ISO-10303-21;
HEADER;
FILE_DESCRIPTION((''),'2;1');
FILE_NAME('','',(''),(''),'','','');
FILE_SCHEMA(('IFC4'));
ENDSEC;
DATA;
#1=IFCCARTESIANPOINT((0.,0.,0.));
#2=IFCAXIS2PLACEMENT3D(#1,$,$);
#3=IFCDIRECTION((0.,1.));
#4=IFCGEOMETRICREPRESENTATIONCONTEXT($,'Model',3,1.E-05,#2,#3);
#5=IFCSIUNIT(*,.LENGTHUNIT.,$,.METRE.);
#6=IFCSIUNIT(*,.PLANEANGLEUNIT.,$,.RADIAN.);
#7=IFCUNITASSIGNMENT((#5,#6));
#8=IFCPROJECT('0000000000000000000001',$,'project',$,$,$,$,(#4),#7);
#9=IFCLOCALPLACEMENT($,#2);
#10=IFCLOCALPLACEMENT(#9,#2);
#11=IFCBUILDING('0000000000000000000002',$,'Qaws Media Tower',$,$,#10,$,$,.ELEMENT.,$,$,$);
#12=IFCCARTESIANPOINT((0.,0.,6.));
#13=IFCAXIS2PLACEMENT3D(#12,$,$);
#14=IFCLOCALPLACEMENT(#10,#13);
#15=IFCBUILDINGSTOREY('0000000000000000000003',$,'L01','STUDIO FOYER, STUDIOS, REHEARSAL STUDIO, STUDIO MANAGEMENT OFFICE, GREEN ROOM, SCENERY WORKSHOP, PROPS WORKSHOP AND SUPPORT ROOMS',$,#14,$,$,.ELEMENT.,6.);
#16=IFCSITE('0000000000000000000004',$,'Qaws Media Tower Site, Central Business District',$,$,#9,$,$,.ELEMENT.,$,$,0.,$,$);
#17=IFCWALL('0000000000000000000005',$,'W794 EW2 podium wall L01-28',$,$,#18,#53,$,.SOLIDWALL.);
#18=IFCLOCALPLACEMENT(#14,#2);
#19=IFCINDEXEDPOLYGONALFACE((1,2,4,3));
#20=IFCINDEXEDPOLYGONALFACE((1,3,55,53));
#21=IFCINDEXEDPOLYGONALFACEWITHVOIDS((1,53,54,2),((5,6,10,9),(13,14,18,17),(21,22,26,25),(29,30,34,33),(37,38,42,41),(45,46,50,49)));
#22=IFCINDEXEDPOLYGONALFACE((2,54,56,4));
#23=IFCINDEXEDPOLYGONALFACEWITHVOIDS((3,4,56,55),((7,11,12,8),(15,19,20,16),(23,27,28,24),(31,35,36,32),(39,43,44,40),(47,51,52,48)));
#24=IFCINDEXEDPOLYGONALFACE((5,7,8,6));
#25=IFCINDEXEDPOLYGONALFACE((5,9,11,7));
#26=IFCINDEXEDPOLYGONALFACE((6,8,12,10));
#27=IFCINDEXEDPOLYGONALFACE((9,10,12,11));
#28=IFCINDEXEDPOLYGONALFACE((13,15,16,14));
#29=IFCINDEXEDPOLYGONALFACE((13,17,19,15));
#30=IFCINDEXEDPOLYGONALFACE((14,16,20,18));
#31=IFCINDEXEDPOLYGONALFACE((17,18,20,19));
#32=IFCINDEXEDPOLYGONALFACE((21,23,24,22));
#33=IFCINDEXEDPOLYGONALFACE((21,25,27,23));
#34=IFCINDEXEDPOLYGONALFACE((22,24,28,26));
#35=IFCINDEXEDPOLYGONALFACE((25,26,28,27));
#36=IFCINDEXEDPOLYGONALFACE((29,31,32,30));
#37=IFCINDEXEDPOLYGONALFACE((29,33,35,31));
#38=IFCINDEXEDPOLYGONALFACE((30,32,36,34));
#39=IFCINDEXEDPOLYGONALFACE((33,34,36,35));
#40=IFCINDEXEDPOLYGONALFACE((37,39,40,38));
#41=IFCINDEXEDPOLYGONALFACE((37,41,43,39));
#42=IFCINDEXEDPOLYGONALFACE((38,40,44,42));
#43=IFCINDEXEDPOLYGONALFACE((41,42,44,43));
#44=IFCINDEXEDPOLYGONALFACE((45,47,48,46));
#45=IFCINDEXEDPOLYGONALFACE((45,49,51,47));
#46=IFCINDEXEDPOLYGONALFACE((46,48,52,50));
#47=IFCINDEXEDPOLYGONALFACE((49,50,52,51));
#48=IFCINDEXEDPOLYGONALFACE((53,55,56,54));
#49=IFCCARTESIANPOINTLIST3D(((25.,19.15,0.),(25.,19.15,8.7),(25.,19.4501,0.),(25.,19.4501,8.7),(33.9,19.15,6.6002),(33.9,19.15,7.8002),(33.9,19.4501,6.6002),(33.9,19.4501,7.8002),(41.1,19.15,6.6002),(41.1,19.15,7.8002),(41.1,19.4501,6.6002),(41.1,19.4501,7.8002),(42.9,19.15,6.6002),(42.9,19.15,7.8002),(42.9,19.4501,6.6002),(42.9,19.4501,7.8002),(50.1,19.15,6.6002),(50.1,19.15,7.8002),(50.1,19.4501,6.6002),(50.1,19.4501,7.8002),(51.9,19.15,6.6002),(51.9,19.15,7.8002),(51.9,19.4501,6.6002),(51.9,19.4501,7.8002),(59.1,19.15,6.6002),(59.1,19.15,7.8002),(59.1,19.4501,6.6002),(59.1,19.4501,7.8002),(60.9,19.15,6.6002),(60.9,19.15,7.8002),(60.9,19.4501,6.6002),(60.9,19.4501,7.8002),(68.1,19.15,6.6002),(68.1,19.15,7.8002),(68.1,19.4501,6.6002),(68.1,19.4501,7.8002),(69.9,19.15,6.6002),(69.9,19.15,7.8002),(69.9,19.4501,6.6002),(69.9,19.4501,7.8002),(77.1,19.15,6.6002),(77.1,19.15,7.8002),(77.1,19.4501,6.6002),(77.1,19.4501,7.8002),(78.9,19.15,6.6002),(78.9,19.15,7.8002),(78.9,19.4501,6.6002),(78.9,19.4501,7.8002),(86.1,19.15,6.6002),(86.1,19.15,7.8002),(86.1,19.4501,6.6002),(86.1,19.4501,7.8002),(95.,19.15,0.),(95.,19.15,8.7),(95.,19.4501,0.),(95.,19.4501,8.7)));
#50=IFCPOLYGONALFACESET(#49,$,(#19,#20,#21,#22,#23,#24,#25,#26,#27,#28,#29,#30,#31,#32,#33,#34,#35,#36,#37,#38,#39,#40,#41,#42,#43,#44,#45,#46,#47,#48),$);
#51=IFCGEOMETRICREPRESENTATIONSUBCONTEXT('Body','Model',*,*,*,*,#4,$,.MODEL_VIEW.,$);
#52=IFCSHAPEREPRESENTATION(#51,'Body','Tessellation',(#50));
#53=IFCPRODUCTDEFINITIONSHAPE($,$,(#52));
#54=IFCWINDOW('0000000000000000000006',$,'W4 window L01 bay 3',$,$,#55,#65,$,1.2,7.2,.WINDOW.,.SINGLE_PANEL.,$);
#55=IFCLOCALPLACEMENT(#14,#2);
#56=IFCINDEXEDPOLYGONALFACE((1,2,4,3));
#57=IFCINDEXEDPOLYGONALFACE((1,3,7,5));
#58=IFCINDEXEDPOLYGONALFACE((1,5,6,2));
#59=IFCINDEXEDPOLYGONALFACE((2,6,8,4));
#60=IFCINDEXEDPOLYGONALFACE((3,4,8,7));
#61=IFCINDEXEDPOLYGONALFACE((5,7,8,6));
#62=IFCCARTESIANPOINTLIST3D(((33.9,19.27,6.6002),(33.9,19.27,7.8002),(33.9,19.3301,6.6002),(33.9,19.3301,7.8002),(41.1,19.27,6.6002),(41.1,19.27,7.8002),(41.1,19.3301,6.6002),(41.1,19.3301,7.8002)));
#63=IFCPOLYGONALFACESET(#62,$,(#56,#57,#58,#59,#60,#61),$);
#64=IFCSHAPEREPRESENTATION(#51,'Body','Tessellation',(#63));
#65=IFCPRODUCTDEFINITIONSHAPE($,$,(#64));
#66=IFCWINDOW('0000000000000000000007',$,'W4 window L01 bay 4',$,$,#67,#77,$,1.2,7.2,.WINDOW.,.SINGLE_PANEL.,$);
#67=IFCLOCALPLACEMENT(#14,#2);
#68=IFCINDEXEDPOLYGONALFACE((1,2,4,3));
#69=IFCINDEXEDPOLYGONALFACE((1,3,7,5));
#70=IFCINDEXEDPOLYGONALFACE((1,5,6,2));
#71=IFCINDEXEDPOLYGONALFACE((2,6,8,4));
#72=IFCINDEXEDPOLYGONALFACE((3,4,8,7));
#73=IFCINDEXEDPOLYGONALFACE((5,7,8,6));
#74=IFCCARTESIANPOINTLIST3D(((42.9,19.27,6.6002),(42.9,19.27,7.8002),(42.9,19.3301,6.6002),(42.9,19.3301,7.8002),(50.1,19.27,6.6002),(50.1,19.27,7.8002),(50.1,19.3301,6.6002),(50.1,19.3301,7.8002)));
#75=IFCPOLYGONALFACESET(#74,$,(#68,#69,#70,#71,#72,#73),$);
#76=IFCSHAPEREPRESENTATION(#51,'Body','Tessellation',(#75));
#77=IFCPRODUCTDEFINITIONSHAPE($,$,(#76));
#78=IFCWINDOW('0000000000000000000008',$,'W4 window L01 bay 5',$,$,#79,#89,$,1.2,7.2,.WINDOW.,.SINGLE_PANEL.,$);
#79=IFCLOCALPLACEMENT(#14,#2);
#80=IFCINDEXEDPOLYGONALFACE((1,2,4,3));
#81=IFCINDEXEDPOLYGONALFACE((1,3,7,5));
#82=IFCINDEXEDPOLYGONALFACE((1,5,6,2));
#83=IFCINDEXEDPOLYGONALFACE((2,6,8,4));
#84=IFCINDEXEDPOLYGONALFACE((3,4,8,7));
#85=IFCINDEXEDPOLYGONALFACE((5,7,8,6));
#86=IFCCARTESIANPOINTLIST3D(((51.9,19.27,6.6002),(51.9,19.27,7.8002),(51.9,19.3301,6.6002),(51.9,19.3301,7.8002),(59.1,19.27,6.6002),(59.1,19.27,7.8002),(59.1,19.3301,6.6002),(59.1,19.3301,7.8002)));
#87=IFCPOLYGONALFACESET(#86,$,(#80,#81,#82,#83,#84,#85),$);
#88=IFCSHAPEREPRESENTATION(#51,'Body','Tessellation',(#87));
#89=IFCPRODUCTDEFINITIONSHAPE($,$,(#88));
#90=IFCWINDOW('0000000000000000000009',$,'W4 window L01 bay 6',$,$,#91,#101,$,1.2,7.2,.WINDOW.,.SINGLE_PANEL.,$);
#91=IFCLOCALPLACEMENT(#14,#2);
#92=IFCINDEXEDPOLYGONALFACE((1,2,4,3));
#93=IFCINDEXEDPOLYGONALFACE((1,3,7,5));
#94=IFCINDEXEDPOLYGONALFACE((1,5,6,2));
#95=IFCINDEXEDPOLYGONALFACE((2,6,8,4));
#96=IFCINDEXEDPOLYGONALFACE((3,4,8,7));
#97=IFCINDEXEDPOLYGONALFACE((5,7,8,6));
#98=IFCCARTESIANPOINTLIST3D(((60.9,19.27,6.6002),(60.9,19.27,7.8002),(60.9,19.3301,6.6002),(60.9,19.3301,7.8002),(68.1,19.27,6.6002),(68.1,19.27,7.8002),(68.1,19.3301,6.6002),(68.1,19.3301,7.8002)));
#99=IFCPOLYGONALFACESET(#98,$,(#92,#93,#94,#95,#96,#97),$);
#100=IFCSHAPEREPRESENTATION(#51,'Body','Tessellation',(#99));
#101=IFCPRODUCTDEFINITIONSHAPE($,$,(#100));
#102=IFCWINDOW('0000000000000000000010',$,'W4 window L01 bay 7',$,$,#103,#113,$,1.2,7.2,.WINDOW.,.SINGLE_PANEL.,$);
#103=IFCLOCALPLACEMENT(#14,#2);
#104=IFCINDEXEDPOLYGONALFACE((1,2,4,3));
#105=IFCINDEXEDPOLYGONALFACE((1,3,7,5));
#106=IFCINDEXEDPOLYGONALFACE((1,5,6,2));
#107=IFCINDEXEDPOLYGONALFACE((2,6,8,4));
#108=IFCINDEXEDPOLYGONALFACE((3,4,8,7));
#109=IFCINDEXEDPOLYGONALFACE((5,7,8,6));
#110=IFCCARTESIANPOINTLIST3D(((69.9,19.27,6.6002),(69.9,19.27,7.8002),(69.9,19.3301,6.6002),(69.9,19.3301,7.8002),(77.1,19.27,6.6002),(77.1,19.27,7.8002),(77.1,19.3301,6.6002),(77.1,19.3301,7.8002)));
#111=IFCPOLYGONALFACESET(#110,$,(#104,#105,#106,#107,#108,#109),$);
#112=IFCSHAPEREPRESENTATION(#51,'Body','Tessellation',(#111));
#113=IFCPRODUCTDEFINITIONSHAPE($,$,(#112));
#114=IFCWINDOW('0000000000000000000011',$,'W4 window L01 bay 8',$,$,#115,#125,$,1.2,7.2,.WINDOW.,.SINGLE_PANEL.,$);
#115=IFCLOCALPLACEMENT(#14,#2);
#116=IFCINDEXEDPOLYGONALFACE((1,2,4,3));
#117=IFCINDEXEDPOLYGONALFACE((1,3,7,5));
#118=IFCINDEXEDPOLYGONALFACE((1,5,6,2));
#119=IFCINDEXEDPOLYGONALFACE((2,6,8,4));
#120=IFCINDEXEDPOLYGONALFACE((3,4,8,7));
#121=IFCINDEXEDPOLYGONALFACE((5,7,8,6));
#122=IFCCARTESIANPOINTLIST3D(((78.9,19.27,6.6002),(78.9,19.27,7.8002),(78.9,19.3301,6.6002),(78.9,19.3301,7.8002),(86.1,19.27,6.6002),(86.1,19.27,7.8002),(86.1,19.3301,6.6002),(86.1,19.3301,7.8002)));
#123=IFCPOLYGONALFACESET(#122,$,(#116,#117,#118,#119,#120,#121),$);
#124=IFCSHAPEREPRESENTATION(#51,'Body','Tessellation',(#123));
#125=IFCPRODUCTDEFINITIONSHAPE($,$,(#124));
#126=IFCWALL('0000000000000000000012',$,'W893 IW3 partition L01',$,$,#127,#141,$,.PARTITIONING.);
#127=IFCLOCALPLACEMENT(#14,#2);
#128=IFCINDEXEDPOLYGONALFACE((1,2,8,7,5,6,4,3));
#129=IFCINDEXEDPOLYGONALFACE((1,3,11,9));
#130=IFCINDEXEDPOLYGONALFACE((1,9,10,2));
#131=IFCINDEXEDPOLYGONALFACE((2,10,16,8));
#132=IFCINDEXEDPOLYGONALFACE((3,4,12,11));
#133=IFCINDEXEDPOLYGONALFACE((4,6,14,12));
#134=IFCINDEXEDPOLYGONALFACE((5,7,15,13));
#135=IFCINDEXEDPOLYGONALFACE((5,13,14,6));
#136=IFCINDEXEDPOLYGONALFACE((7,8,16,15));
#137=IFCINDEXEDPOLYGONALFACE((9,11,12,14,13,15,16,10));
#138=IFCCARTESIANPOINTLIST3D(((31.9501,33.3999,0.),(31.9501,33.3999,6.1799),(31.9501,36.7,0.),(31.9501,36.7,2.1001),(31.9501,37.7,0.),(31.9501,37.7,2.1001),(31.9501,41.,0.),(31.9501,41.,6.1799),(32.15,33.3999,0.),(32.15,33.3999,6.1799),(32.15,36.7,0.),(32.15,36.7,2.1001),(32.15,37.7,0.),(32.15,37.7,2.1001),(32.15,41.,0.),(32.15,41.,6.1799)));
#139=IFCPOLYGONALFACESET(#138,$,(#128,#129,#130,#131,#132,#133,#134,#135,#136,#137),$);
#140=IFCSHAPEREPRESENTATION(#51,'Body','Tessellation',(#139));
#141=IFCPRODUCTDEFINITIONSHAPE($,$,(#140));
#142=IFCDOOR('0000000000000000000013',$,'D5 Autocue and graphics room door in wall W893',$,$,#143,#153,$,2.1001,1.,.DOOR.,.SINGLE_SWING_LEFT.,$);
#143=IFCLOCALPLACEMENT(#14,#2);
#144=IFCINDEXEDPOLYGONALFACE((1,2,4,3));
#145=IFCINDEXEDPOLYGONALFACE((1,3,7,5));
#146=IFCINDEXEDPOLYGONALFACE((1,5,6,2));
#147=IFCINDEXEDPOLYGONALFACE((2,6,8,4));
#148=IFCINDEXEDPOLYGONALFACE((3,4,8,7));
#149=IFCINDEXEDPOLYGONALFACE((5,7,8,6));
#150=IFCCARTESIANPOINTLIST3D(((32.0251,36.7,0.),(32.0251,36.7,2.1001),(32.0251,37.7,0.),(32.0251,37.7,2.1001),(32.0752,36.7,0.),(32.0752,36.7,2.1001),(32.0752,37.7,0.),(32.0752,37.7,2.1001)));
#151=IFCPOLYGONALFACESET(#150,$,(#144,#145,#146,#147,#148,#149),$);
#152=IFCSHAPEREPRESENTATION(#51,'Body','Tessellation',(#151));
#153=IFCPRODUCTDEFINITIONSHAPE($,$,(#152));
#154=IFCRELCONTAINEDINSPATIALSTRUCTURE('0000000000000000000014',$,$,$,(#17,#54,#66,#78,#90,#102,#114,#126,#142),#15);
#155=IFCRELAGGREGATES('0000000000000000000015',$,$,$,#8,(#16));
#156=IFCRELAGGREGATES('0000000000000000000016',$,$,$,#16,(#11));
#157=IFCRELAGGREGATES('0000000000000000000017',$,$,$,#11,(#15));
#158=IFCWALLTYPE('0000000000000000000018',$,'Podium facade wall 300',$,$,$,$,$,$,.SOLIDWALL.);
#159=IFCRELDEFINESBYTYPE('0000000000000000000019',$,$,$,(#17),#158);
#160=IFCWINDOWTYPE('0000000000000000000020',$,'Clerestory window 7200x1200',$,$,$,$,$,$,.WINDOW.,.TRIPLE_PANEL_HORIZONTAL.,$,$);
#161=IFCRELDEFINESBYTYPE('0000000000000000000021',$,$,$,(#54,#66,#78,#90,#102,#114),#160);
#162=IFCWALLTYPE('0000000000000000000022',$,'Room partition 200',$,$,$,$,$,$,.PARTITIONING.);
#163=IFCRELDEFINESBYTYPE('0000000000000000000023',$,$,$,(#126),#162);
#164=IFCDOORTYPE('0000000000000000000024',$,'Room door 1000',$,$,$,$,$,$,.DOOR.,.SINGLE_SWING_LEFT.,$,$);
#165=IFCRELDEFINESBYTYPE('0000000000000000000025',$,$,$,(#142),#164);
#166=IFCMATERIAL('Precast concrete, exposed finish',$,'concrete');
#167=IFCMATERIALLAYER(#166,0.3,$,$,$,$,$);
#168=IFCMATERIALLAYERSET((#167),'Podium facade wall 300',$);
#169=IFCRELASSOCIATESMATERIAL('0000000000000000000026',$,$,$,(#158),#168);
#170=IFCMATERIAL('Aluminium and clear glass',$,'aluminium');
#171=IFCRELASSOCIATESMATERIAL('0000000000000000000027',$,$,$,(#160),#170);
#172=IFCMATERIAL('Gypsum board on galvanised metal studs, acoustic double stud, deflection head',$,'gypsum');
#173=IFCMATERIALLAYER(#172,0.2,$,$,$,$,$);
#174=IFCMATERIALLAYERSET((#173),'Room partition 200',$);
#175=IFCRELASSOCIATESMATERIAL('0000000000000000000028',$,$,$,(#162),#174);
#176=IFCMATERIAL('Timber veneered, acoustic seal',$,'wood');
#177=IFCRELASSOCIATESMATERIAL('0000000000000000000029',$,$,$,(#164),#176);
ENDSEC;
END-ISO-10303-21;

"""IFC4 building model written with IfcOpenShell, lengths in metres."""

from ifc_helpers import new_model, si_unit, direction, frame, frame_2d, origin, place, context, subcontext, project, spatial, rectangle, extrude, material, layer, layer_set, type_object, element, fill, save


model = new_model("IFC4")

# Units and contexts
model_context = context("Model", 3, precision=1e-05, world=origin(), true_north=direction((0.0, 1.0)))
body_context = subcontext(model_context, "Body", "Model", "MODEL_VIEW")
ifc_project = project(units=[si_unit("LENGTHUNIT", "METRE"), si_unit("PLANEANGLEUNIT", "RADIAN")], contexts=[model_context])

# Site, building, storey
site_placement = place(None, origin())
site = spatial("IfcSite", under=ifc_project, at=site_placement, Name="Qaws Media Tower Site, Central Business District", CompositionType="ELEMENT", RefElevation=0.0)
building_placement = place(site_placement, origin())
building = spatial("IfcBuilding", under=site, at=building_placement, Name="Qaws Media Tower", CompositionType="ELEMENT")
storey_placement = place(building_placement, frame((0.0, 0.0, 6.0)))
storey = spatial("IfcBuildingStorey", under=building, at=storey_placement, Name="L01", Description="STUDIO FOYER, STUDIOS, REHEARSAL STUDIO, STUDIO MANAGEMENT OFFICE, GREEN ROOM, SCENERY WORKSHOP, PROPS WORKSHOP AND SUPPORT ROOMS", CompositionType="ELEMENT", Elevation=6.0)

# Wall, openings, windows
ifc_material_1 = material(Name="Precast concrete, exposed finish", Category="concrete")
ifc_layer_1 = layer(ifc_material_1, 0.3)
ifc_layer_set_1 = layer_set([ifc_layer_1], Name="Podium facade wall 300")
wall_type_1 = type_object("IfcWallType", Name="Podium facade wall 300", PredefinedType="SOLIDWALL", material=ifc_layer_set_1)
wall_1_placement = place(storey_placement, frame((25.0, 19.3, 0.0), z_axis=(0.0, 0.0, 1.0), x_axis=(1.0, 0.0, 0.0)))
wall_1 = element("IfcWall", 1, at=wall_1_placement, inside=storey, type_object=wall_type_1, Name="W794 EW2 podium wall L01-28", PredefinedType="SOLIDWALL", context=body_context, shape_type="SweptSolid", body=[
    extrude(rectangle(XDim=70.0, YDim=0.3, at=frame_2d((35.0, 0.0))), origin(), (0.0, 0.0, 1.0), 8.7),
])
opening_1_placement = place(wall_1_placement, frame((8.8999, 0.0, 6.6001)))
opening_1 = element("IfcOpeningElement", 2, at=opening_1_placement, cuts=wall_1, PredefinedType="OPENING", context=body_context, shape_type="SweptSolid", body=[
    extrude(rectangle(XDim=7.2, YDim=1.2, at=frame_2d((3.6001, 0.6001))), frame((0.0, 0.1599, 0.0), z_axis=(0.0, -1.0, 0.0), x_axis=(1.0, 0.0, 0.0)), (0.0, 0.0, 1.0), 0.3201),
])
opening_2_placement = place(wall_1_placement, frame((17.8999, 0.0, 6.6001)))
opening_2 = element("IfcOpeningElement", 3, at=opening_2_placement, cuts=wall_1, PredefinedType="OPENING", context=body_context, shape_type="SweptSolid", body=[
    extrude(rectangle(XDim=7.2, YDim=1.2, at=frame_2d((3.6001, 0.6001))), frame((0.0, 0.1599, 0.0), z_axis=(0.0, -1.0, 0.0), x_axis=(1.0, 0.0, 0.0)), (0.0, 0.0, 1.0), 0.3201),
])
opening_3_placement = place(wall_1_placement, frame((26.8999, 0.0, 6.6001)))
opening_3 = element("IfcOpeningElement", 4, at=opening_3_placement, cuts=wall_1, PredefinedType="OPENING", context=body_context, shape_type="SweptSolid", body=[
    extrude(rectangle(XDim=7.2, YDim=1.2, at=frame_2d((3.6001, 0.6001))), frame((0.0, 0.1599, 0.0), z_axis=(0.0, -1.0, 0.0), x_axis=(1.0, 0.0, 0.0)), (0.0, 0.0, 1.0), 0.3201),
])
opening_4_placement = place(wall_1_placement, frame((35.8999, 0.0, 6.6001)))
opening_4 = element("IfcOpeningElement", 5, at=opening_4_placement, cuts=wall_1, PredefinedType="OPENING", context=body_context, shape_type="SweptSolid", body=[
    extrude(rectangle(XDim=7.2, YDim=1.2, at=frame_2d((3.6001, 0.6001))), frame((0.0, 0.1599, 0.0), z_axis=(0.0, -1.0, 0.0), x_axis=(1.0, 0.0, 0.0)), (0.0, 0.0, 1.0), 0.3201),
])
opening_5_placement = place(wall_1_placement, frame((44.8999, 0.0, 6.6001)))
opening_5 = element("IfcOpeningElement", 6, at=opening_5_placement, cuts=wall_1, PredefinedType="OPENING", context=body_context, shape_type="SweptSolid", body=[
    extrude(rectangle(XDim=7.2, YDim=1.2, at=frame_2d((3.6001, 0.6001))), frame((0.0, 0.1599, 0.0), z_axis=(0.0, -1.0, 0.0), x_axis=(1.0, 0.0, 0.0)), (0.0, 0.0, 1.0), 0.3201),
])
opening_6_placement = place(wall_1_placement, frame((53.8999, 0.0, 6.6001)))
opening_6 = element("IfcOpeningElement", 7, at=opening_6_placement, cuts=wall_1, PredefinedType="OPENING", context=body_context, shape_type="SweptSolid", body=[
    extrude(rectangle(XDim=7.2, YDim=1.2, at=frame_2d((3.6001, 0.6001))), frame((0.0, 0.1599, 0.0), z_axis=(0.0, -1.0, 0.0), x_axis=(1.0, 0.0, 0.0)), (0.0, 0.0, 1.0), 0.3201),
])
ifc_material_2 = material(Name="Aluminium and clear glass", Category="aluminium")
window_type = type_object("IfcWindowType", Name="Clerestory window 7200x1200", PartitioningType="TRIPLE_PANEL_HORIZONTAL", PredefinedType="WINDOW", material=ifc_material_2)
window_1_placement = place(opening_1_placement, origin())
window_1 = element("IfcWindow", 8, at=window_1_placement, inside=storey, type_object=window_type, Name="W4 window L01 bay 3", OverallHeight=1.2, OverallWidth=7.2, PartitioningType="SINGLE_PANEL", PredefinedType="WINDOW", context=body_context, shape_type="SweptSolid", body=[
    extrude(rectangle(XDim=7.2, YDim=1.2, at=frame_2d((3.6001, 0.6001))), frame((0.0, 0.03, 0.0), z_axis=(0.0, -1.0, 0.0), x_axis=(1.0, 0.0, 0.0)), (0.0, 0.0, 1.0), 0.0601),
])
fill(opening_1, window_1)
window_2_placement = place(opening_2_placement, origin())
window_2 = element("IfcWindow", 9, at=window_2_placement, inside=storey, type_object=window_type, Name="W4 window L01 bay 4", OverallHeight=1.2, OverallWidth=7.2, PartitioningType="SINGLE_PANEL", PredefinedType="WINDOW", context=body_context, shape_type="SweptSolid", body=[
    extrude(rectangle(XDim=7.2, YDim=1.2, at=frame_2d((3.6001, 0.6001))), frame((0.0, 0.03, 0.0), z_axis=(0.0, -1.0, 0.0), x_axis=(1.0, 0.0, 0.0)), (0.0, 0.0, 1.0), 0.0601),
])
fill(opening_2, window_2)
window_3_placement = place(opening_3_placement, origin())
window_3 = element("IfcWindow", 10, at=window_3_placement, inside=storey, type_object=window_type, Name="W4 window L01 bay 5", OverallHeight=1.2, OverallWidth=7.2, PartitioningType="SINGLE_PANEL", PredefinedType="WINDOW", context=body_context, shape_type="SweptSolid", body=[
    extrude(rectangle(XDim=7.2, YDim=1.2, at=frame_2d((3.6001, 0.6001))), frame((0.0, 0.03, 0.0), z_axis=(0.0, -1.0, 0.0), x_axis=(1.0, 0.0, 0.0)), (0.0, 0.0, 1.0), 0.0601),
])
fill(opening_3, window_3)
window_4_placement = place(opening_4_placement, origin())
window_4 = element("IfcWindow", 11, at=window_4_placement, inside=storey, type_object=window_type, Name="W4 window L01 bay 6", OverallHeight=1.2, OverallWidth=7.2, PartitioningType="SINGLE_PANEL", PredefinedType="WINDOW", context=body_context, shape_type="SweptSolid", body=[
    extrude(rectangle(XDim=7.2, YDim=1.2, at=frame_2d((3.6001, 0.6001))), frame((0.0, 0.03, 0.0), z_axis=(0.0, -1.0, 0.0), x_axis=(1.0, 0.0, 0.0)), (0.0, 0.0, 1.0), 0.0601),
])
fill(opening_4, window_4)
window_5_placement = place(opening_5_placement, origin())
window_5 = element("IfcWindow", 12, at=window_5_placement, inside=storey, type_object=window_type, Name="W4 window L01 bay 7", OverallHeight=1.2, OverallWidth=7.2, PartitioningType="SINGLE_PANEL", PredefinedType="WINDOW", context=body_context, shape_type="SweptSolid", body=[
    extrude(rectangle(XDim=7.2, YDim=1.2, at=frame_2d((3.6001, 0.6001))), frame((0.0, 0.03, 0.0), z_axis=(0.0, -1.0, 0.0), x_axis=(1.0, 0.0, 0.0)), (0.0, 0.0, 1.0), 0.0601),
])
fill(opening_5, window_5)
window_6_placement = place(opening_6_placement, origin())
window_6 = element("IfcWindow", 13, at=window_6_placement, inside=storey, type_object=window_type, Name="W4 window L01 bay 8", OverallHeight=1.2, OverallWidth=7.2, PartitioningType="SINGLE_PANEL", PredefinedType="WINDOW", context=body_context, shape_type="SweptSolid", body=[
    extrude(rectangle(XDim=7.2, YDim=1.2, at=frame_2d((3.6001, 0.6001))), frame((0.0, 0.03, 0.0), z_axis=(0.0, -1.0, 0.0), x_axis=(1.0, 0.0, 0.0)), (0.0, 0.0, 1.0), 0.0601),
])
fill(opening_6, window_6)

# Wall, opening, door
ifc_material_3 = material(Name="Gypsum board on galvanised metal studs, acoustic double stud, deflection head", Category="gypsum")
ifc_layer_2 = layer(ifc_material_3, 0.2)
ifc_layer_set_2 = layer_set([ifc_layer_2], Name="Room partition 200")
wall_type_2 = type_object("IfcWallType", Name="Room partition 200", PredefinedType="PARTITIONING", material=ifc_layer_set_2)
wall_2_placement = place(storey_placement, frame((32.05, 33.3999, 0.0), z_axis=(0.0, 0.0, 1.0), x_axis=(0.0, 1.0, 0.0)))
wall_2 = element("IfcWall", 14, at=wall_2_placement, inside=storey, type_object=wall_type_2, Name="W893 IW3 partition L01", PredefinedType="PARTITIONING", context=body_context, shape_type="SweptSolid", body=[
    extrude(rectangle(XDim=7.6001, YDim=0.2, at=frame_2d((3.8, 0.0))), origin(), (0.0, 0.0, 1.0), 6.1799),
])
opening_7_placement = place(wall_2_placement, frame((3.3, 0.0, 0.0)))
opening_7 = element("IfcOpeningElement", 15, at=opening_7_placement, cuts=wall_2, PredefinedType="OPENING", context=body_context, shape_type="SweptSolid", body=[
    extrude(rectangle(XDim=1.0, YDim=2.1001, at=frame_2d((0.5, 1.05))), frame((0.0, 0.1099, 0.0), z_axis=(0.0, -1.0, 0.0), x_axis=(1.0, 0.0, 0.0)), (0.0, 0.0, 1.0), 0.22),
])
ifc_material_4 = material(Name="Timber veneered, acoustic seal", Category="wood")
door_type = type_object("IfcDoorType", Name="Room door 1000", OperationType="SINGLE_SWING_LEFT", PredefinedType="DOOR", material=ifc_material_4)
door_1_placement = place(opening_7_placement, origin())
door_1 = element("IfcDoor", 16, at=door_1_placement, inside=storey, type_object=door_type, Name="D5 Autocue and graphics room door in wall W893", OperationType="SINGLE_SWING_LEFT", OverallHeight=2.1001, OverallWidth=1.0, PredefinedType="DOOR", context=body_context, shape_type="SweptSolid", body=[
    extrude(rectangle(XDim=1.0, YDim=2.1001, at=frame_2d((0.5, 1.05))), frame((0.0, 0.0249, 0.0), z_axis=(0.0, -1.0, 0.0), x_axis=(1.0, 0.0, 0.0)), (0.0, 0.0, 1.0), 0.05),
])
fill(opening_7, door_1)

save(model, "model.ifc")
